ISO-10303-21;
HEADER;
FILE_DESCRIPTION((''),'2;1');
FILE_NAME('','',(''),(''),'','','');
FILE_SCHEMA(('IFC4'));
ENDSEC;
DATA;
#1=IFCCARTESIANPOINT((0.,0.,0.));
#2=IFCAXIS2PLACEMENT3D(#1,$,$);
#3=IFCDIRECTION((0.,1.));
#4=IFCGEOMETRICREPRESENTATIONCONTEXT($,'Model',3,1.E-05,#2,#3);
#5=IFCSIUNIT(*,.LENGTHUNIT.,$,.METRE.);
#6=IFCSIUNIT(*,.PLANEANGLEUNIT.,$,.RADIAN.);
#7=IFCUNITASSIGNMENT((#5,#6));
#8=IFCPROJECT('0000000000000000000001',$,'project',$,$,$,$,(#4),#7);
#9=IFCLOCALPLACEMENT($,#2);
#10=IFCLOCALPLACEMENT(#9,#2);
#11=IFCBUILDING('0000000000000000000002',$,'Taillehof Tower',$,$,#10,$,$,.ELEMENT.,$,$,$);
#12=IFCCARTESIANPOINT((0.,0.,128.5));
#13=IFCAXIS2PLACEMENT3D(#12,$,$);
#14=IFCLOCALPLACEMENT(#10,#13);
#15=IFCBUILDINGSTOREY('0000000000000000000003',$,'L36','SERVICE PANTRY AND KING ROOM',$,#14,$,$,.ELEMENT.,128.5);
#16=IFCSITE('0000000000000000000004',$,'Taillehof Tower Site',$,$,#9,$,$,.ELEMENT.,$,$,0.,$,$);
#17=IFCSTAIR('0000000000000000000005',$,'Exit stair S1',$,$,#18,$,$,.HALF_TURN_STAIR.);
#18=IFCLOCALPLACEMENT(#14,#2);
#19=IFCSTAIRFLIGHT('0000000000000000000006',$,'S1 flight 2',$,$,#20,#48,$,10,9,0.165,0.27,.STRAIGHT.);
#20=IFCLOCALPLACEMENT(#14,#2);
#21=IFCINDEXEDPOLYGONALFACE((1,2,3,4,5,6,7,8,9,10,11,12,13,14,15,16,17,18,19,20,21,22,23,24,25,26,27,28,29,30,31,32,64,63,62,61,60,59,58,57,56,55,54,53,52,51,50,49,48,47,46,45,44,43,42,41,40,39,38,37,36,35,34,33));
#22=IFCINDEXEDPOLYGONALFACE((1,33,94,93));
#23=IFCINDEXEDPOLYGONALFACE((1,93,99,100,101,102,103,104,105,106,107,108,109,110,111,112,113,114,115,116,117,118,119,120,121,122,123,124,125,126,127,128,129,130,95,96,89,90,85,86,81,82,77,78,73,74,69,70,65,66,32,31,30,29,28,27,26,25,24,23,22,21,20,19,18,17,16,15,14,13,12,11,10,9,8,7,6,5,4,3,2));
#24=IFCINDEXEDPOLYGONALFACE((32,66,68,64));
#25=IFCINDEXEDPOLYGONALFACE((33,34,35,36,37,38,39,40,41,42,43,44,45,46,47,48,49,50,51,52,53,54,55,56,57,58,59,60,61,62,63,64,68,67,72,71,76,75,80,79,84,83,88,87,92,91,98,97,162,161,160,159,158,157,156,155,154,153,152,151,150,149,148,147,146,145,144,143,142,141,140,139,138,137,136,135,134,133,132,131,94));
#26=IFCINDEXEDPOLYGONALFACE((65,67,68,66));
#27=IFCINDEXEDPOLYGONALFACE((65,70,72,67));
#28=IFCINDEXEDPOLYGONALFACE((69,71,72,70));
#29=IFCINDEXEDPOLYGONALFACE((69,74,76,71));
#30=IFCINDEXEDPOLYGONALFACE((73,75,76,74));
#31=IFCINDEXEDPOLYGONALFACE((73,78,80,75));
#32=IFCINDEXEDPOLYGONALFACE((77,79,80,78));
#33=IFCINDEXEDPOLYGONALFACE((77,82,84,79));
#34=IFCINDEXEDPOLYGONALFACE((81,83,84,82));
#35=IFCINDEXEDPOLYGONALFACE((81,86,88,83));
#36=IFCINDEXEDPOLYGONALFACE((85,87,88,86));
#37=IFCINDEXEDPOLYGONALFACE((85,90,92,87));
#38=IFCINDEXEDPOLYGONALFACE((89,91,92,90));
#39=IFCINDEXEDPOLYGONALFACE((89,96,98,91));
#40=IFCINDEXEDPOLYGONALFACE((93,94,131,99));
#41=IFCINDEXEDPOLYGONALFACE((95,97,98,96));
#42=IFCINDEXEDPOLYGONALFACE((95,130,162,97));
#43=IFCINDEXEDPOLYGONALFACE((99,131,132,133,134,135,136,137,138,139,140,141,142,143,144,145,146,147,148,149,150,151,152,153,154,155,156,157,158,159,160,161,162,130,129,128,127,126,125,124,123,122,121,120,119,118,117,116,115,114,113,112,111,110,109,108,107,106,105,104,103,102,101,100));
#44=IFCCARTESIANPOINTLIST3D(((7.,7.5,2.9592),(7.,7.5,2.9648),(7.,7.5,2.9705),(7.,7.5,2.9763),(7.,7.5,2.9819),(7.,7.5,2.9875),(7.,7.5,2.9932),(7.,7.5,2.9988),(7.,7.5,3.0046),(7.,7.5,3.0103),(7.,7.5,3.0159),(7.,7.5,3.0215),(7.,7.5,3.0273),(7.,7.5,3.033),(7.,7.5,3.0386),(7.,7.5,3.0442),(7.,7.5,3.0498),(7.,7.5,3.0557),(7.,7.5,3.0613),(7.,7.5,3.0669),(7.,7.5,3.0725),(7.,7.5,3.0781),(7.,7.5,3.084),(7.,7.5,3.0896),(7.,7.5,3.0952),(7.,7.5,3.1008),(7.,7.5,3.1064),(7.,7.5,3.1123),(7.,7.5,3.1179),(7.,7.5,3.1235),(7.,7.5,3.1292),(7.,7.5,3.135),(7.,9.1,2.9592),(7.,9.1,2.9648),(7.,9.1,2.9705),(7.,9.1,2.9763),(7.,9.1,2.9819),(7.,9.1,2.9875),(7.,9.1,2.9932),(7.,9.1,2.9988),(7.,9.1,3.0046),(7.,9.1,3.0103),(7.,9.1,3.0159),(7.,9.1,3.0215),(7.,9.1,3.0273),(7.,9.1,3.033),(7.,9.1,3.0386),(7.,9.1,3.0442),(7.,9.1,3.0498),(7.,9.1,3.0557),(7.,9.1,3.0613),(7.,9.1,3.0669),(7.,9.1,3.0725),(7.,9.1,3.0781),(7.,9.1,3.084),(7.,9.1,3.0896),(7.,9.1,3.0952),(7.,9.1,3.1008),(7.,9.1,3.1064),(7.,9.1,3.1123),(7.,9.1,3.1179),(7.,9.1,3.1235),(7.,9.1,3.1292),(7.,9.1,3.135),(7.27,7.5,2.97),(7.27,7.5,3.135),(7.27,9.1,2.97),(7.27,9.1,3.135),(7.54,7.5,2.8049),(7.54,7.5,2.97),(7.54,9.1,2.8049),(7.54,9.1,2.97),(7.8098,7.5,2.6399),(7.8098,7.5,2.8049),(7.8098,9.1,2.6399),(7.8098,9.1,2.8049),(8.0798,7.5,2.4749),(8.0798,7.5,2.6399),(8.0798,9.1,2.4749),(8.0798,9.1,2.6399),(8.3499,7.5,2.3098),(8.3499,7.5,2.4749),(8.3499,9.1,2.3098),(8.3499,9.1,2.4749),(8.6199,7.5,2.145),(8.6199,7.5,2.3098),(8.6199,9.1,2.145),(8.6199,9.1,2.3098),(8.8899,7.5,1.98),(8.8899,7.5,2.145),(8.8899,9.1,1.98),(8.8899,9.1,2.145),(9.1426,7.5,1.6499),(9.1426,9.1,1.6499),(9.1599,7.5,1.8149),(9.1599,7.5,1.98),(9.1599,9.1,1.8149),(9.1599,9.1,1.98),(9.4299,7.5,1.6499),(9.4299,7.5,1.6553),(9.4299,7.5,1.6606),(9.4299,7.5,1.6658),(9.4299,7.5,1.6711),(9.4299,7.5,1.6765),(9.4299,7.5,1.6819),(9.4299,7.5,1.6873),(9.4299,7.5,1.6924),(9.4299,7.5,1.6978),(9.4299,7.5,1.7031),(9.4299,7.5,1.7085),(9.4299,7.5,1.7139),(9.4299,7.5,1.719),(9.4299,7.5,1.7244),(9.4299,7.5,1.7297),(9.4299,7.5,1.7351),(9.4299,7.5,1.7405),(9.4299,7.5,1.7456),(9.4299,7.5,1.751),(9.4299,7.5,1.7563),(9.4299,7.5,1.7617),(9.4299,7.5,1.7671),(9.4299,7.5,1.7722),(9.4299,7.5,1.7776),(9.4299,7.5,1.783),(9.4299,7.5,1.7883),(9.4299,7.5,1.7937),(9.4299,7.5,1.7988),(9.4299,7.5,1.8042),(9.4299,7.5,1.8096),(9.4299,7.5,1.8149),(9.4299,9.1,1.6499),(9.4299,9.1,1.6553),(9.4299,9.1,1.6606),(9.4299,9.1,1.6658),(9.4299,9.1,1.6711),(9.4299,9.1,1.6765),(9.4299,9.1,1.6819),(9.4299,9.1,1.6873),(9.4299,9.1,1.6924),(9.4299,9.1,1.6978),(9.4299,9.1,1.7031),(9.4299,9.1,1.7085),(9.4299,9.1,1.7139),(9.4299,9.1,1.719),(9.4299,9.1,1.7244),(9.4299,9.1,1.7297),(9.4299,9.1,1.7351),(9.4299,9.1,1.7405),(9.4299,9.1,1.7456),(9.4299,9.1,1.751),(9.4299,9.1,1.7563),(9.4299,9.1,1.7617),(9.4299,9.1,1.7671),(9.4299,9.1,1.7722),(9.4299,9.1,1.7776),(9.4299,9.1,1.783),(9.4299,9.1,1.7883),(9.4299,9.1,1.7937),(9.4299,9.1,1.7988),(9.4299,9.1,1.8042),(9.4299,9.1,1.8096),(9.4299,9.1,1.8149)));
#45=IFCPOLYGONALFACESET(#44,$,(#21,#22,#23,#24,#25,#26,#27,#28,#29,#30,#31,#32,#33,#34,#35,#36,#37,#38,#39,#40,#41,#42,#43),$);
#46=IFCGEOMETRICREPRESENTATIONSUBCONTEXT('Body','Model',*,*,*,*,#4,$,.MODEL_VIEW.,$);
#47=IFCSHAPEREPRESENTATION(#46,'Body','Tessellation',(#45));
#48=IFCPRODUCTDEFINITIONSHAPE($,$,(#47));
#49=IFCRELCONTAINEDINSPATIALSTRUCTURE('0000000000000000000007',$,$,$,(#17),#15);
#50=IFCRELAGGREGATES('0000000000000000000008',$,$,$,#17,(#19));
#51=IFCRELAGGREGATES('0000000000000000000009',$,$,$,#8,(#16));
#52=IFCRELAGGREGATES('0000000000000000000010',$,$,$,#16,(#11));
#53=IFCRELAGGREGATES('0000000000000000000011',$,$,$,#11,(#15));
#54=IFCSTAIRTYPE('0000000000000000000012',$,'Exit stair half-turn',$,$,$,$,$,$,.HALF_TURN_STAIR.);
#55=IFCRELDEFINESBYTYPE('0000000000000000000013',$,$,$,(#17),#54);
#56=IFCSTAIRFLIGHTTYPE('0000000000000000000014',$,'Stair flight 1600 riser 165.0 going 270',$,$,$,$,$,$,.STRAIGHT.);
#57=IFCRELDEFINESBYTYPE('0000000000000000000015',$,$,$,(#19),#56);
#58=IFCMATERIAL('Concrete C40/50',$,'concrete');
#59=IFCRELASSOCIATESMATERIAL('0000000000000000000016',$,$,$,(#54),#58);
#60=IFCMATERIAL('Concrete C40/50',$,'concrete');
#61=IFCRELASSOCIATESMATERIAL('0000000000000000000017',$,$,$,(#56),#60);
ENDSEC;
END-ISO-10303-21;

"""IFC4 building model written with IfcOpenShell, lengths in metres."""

from ifc_helpers import new_model, si_unit, direction, frame, origin, place, context, subcontext, project, spatial, polyline, outline, extrude, material, type_object, element, aggregate, save


model = new_model("IFC4")

# Units and contexts
model_context = context("Model", 3, precision=1e-05, world=origin(), true_north=direction((0.0, 1.0)))
body_context = subcontext(model_context, "Body", "Model", "MODEL_VIEW")
ifc_project = project(units=[si_unit("LENGTHUNIT", "METRE"), si_unit("PLANEANGLEUNIT", "RADIAN")], contexts=[model_context])

# Site, building, storey
site_placement = place(None, origin())
site = spatial("IfcSite", under=ifc_project, at=site_placement, Name="Taillehof Tower Site", CompositionType="ELEMENT", RefElevation=0.0)
building_placement = place(site_placement, origin())
building = spatial("IfcBuilding", under=site, at=building_placement, Name="Taillehof Tower", CompositionType="ELEMENT")
storey_placement = place(building_placement, frame((0.0, 0.0, 128.5)))
storey = spatial("IfcBuildingStorey", under=building, at=storey_placement, Name="L36", Description="SERVICE PANTRY AND KING ROOM", CompositionType="ELEMENT", Elevation=128.5)

# Stair, stair flight
ifc_material_1 = material(Name="Concrete C40/50", Category="concrete")
stair_type = type_object("IfcStairType", Name="Exit stair half-turn", PredefinedType="HALF_TURN_STAIR", material=ifc_material_1)
stair_placement = place(storey_placement, origin())
stair = element("IfcStair", 1, at=stair_placement, inside=storey, type_object=stair_type, Name="Exit stair S1", PredefinedType="HALF_TURN_STAIR")
ifc_material_2 = material(Name="Concrete C40/50", Category="concrete")
stair_flight_type = type_object("IfcStairFlightType", Name="Stair flight 1600 riser 165.0 going 270", PredefinedType="STRAIGHT", material=ifc_material_2)
stair_flight_placement = place(storey_placement, frame((9.4299, 8.3, 1.6499), z_axis=(0.0, 0.0, 1.0), x_axis=(-1.0, 0.0, 0.0)))
stair_flight = element("IfcStairFlight", 2, at=stair_flight_placement, type_object=stair_flight_type, Name="S1 flight 2", NumberOfRisers=10, NumberOfTreads=9, PredefinedType="STRAIGHT", RiserHeight=0.165, TreadLength=0.27, context=body_context, shape_type="SweptSolid", body=[
    extrude(outline(polyline([(0.0, 0.0), (0.0, 0.0054), (0.0, 0.0107), (0.0, 0.0159), (0.0, 0.0212), (0.0, 0.0266), (0.0, 0.032), (0.0, 0.0374), (0.0, 0.0425), (0.0, 0.0479), (0.0, 0.0532), (0.0, 0.0586), (0.0, 0.064), (0.0, 0.0691), (0.0, 0.0745), (0.0, 0.0798), (0.0, 0.0852), (0.0, 0.0906), (0.0, 0.0957), (0.0, 0.1011), (0.0, 0.1064), (0.0, 0.1118), (0.0, 0.1172), (0.0, 0.1223), (0.0, 0.1277), (0.0, 0.1331), (0.0, 0.1384), (0.0, 0.1438), (0.0, 0.1489), (0.0, 0.1543), (0.0, 0.1597), (0.0, 0.165), (0.27, 0.165), (0.27, 0.3301), (0.54, 0.3301), (0.54, 0.4951), (0.8101, 0.4951), (0.8101, 0.6599), (1.0801, 0.6599), (1.0801, 0.825), (1.3501, 0.825), (1.3501, 0.99), (1.6201, 0.99), (1.6201, 1.155), (1.8899, 1.155), (1.8899, 1.3201), (2.1599, 1.3201), (2.1599, 1.4851), (2.4299, 1.4851), (2.4299, 1.4792), (2.4299, 1.4736), (2.4299, 1.468), (2.4299, 1.4624), (2.4299, 1.4565), (2.4299, 1.4509), (2.4299, 1.4453), (2.4299, 1.4397), (2.4299, 1.4341), (2.4299, 1.4282), (2.4299, 1.4226), (2.4299, 1.417), (2.4299, 1.4114), (2.4299, 1.4058), (2.4299, 1.3999), (2.4299, 1.3943), (2.4299, 1.3887), (2.4299, 1.3831), (2.4299, 1.3774), (2.4299, 1.3716), (2.4299, 1.366), (2.4299, 1.3604), (2.4299, 1.3547), (2.4299, 1.3489), (2.4299, 1.3433), (2.4299, 1.3376), (2.4299, 1.332), (2.4299, 1.3264), (2.4299, 1.3206), (2.4299, 1.3149), (2.4299, 1.3093), (0.2874, 0.0), (0.0, 0.0)])), frame((0.0, 0.8, 0.0), z_axis=(0.0, -1.0, 0.0), x_axis=(1.0, 0.0, 0.0)), (0.0, 0.0, 1.0), 1.6),
])
aggregate(stair, [stair_flight])

save(model, "model.ifc")
